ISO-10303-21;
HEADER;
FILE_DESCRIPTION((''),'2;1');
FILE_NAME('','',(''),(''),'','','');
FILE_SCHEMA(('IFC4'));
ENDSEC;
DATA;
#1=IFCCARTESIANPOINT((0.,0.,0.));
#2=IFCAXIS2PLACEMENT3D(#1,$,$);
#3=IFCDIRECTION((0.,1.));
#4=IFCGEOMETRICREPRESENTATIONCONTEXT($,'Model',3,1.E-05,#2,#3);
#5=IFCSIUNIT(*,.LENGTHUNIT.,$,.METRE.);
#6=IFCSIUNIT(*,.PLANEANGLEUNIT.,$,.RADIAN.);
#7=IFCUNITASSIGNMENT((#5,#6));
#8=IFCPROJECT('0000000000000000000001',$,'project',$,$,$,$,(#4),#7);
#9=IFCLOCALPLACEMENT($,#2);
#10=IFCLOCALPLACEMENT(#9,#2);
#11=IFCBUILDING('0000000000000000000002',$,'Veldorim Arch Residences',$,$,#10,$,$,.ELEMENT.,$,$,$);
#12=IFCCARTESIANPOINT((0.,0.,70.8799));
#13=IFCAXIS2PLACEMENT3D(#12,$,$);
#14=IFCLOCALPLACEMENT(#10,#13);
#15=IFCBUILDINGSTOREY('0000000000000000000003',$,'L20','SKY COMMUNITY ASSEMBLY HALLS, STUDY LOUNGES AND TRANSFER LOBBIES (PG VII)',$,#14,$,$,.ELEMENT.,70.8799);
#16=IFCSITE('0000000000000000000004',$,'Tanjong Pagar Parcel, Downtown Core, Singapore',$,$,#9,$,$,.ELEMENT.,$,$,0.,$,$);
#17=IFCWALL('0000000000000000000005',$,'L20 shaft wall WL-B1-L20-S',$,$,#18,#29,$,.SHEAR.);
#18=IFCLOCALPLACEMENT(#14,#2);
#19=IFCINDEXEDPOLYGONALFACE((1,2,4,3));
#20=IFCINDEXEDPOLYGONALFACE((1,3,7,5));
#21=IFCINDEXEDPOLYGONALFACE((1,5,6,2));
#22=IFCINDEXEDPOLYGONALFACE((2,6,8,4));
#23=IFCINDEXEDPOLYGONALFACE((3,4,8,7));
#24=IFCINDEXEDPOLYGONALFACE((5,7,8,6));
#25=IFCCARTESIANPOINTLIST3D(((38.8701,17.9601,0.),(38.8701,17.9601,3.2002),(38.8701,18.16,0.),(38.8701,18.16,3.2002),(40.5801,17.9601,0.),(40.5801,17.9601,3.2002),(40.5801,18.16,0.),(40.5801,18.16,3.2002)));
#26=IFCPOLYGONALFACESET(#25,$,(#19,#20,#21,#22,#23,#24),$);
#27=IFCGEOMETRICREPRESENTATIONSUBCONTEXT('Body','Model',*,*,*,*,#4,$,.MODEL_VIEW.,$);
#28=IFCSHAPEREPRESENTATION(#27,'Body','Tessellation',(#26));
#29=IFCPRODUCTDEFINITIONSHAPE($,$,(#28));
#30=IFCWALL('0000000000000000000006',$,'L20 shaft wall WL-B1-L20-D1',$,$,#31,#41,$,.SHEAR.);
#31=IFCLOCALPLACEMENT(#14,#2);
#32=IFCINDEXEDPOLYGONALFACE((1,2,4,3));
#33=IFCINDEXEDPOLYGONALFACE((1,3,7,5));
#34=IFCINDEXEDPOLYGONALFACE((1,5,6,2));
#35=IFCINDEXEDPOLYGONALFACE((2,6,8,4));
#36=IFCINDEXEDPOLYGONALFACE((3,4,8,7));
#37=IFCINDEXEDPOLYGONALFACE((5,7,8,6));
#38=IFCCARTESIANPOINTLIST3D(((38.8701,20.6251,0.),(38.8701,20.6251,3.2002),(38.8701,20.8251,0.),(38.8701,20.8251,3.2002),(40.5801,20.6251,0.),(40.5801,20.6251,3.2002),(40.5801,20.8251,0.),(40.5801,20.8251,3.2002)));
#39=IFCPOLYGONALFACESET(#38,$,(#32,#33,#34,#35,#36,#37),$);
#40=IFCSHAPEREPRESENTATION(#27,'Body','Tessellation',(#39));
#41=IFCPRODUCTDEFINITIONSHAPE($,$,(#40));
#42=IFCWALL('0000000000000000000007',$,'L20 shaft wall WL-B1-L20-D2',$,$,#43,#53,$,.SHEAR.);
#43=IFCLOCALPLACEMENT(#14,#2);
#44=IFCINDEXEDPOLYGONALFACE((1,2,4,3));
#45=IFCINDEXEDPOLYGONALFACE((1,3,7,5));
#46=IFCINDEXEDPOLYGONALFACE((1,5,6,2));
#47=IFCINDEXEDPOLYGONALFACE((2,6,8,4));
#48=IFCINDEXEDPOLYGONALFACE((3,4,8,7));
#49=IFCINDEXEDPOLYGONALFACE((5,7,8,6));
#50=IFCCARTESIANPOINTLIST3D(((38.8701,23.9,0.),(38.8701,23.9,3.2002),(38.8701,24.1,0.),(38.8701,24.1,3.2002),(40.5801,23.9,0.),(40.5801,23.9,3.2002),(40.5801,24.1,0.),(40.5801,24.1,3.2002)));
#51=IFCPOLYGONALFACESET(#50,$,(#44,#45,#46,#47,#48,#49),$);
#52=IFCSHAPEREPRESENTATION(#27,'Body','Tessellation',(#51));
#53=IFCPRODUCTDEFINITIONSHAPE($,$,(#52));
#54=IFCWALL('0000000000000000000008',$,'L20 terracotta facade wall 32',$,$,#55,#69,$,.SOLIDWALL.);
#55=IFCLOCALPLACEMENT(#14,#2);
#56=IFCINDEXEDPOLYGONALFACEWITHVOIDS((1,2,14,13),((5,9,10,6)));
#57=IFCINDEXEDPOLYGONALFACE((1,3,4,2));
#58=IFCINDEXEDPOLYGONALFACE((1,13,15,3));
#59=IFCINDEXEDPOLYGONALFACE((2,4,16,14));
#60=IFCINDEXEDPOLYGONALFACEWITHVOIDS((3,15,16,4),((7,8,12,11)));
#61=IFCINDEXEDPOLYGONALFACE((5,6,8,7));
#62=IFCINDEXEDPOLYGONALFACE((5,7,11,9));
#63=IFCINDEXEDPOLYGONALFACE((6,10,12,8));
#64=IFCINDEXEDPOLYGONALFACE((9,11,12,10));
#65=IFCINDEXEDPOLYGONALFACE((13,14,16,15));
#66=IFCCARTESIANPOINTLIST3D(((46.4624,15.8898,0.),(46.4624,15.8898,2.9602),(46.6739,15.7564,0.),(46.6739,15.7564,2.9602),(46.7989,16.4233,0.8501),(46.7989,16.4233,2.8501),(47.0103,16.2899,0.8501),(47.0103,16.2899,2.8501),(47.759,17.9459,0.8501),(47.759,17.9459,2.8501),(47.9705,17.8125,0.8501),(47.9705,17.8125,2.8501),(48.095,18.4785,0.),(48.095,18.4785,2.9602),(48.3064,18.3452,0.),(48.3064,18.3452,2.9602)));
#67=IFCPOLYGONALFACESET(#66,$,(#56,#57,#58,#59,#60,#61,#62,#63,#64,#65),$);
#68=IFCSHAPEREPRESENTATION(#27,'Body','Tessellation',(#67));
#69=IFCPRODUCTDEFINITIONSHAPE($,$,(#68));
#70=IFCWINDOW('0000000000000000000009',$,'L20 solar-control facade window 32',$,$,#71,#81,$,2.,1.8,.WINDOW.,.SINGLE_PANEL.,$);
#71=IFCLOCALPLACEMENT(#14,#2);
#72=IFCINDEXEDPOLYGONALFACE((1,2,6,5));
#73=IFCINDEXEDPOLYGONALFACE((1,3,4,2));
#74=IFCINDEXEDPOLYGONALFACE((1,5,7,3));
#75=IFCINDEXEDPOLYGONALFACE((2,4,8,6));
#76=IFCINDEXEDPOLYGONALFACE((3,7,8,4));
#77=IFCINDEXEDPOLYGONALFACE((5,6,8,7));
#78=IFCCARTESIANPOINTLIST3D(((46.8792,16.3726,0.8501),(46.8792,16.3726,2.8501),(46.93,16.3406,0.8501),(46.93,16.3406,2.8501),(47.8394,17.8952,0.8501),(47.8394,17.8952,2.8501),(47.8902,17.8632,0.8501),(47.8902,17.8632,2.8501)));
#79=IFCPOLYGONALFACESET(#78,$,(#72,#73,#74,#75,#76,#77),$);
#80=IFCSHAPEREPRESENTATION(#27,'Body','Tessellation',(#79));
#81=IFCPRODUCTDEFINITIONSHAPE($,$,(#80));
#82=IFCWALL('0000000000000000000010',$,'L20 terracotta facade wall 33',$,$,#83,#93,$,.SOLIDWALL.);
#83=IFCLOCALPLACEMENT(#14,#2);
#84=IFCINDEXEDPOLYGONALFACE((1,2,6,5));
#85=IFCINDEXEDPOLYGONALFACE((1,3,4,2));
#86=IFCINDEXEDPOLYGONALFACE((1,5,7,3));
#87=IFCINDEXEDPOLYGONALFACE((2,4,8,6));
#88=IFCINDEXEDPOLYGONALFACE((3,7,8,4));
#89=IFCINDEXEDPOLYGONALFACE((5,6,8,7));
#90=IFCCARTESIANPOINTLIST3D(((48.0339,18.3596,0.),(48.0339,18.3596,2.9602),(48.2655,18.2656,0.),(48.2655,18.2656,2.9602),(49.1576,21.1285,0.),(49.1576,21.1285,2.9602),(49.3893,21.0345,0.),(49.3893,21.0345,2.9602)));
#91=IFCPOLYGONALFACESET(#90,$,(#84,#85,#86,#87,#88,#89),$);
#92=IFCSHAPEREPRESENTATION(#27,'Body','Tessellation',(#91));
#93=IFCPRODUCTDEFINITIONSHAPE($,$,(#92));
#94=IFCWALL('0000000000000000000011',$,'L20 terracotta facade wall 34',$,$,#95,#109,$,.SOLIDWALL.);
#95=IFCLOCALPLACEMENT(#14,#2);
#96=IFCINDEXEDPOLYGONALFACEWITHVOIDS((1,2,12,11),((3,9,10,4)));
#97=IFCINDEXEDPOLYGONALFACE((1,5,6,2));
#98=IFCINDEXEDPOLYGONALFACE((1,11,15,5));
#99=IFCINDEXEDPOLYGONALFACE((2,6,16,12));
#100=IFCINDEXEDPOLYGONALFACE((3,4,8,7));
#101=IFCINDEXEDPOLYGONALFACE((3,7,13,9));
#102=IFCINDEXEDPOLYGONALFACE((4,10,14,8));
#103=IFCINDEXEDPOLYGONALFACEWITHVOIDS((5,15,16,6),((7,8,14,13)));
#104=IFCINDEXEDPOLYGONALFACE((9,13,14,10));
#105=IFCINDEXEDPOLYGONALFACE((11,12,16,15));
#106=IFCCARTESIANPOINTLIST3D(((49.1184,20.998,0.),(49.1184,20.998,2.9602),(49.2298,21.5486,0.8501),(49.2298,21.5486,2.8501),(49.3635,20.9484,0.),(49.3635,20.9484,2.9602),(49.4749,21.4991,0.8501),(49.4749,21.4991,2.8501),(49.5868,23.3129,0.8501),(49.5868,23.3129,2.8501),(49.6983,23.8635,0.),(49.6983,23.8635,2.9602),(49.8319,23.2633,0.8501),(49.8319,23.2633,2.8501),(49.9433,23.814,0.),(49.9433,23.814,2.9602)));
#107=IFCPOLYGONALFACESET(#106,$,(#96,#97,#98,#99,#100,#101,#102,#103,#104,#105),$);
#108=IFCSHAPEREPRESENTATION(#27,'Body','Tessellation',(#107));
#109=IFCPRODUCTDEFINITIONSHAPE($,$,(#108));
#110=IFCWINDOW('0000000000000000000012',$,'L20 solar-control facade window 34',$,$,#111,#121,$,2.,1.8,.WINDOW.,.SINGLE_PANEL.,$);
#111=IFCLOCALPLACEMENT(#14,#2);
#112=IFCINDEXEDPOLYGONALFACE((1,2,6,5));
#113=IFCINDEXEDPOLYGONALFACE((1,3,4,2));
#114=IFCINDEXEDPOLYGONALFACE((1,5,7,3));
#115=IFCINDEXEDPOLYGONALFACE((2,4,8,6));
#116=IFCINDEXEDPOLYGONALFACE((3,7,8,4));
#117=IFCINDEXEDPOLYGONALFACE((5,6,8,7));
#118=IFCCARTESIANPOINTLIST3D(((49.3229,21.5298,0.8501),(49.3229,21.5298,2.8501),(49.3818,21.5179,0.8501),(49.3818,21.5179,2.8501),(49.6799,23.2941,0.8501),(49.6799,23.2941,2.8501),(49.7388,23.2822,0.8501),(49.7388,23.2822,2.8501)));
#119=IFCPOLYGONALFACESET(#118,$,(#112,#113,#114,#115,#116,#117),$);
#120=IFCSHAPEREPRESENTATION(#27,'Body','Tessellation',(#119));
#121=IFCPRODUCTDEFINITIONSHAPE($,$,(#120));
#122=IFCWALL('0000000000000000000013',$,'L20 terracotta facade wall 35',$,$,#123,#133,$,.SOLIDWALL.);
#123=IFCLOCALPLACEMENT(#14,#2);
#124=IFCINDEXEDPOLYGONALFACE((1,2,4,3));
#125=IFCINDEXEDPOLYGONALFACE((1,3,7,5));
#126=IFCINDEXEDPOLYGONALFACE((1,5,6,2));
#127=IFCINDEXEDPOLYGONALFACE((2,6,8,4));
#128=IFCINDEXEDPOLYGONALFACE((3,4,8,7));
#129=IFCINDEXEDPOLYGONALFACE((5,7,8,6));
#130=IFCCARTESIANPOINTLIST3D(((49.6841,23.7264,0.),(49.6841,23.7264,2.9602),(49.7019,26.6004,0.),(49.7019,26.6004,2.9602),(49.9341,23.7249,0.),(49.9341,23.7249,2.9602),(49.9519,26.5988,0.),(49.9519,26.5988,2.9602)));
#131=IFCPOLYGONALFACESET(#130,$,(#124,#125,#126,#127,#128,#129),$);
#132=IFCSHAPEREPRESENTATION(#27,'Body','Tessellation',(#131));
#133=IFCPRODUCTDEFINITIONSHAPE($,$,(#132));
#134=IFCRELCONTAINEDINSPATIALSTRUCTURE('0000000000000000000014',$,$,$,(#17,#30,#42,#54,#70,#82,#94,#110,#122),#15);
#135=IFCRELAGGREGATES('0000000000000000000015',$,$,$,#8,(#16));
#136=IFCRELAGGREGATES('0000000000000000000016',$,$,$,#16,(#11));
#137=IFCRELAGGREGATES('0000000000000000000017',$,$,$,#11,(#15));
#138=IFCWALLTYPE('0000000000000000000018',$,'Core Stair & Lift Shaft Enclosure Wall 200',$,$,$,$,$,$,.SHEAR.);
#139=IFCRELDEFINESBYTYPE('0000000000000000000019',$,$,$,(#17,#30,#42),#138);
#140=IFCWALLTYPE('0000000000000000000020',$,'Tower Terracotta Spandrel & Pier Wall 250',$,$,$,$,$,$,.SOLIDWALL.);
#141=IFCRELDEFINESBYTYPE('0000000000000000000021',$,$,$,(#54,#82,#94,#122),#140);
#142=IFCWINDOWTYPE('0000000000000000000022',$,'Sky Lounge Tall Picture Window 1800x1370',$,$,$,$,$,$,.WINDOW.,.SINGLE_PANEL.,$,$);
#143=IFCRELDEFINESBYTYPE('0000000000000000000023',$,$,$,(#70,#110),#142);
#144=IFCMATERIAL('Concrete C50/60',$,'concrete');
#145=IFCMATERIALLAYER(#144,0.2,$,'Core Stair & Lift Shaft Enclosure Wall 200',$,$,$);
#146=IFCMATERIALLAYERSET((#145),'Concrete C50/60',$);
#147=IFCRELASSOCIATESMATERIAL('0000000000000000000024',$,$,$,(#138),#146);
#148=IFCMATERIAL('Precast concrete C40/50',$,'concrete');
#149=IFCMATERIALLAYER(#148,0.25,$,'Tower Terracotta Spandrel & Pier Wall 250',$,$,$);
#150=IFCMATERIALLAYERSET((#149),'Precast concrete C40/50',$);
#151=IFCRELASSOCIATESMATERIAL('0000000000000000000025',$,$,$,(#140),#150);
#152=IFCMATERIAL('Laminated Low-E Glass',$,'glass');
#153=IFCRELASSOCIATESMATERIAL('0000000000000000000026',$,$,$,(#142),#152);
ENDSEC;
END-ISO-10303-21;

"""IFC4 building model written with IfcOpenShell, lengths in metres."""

from ifc_helpers import new_model, si_unit, direction, frame, frame_2d, origin, place, context, subcontext, project, spatial, rectangle, extrude, material, layer, layer_set, type_object, element, fill, save


model = new_model("IFC4")

# Units and contexts
model_context = context("Model", 3, precision=1e-05, world=origin(), true_north=direction((0.0, 1.0)))
body_context = subcontext(model_context, "Body", "Model", "MODEL_VIEW")
ifc_project = project(units=[si_unit("LENGTHUNIT", "METRE"), si_unit("PLANEANGLEUNIT", "RADIAN")], contexts=[model_context])

# Site, building, storey
site_placement = place(None, origin())
site = spatial("IfcSite", under=ifc_project, at=site_placement, Name="Tanjong Pagar Parcel, Downtown Core, Singapore", CompositionType="ELEMENT", RefElevation=0.0)
building_placement = place(site_placement, origin())
building = spatial("IfcBuilding", under=site, at=building_placement, Name="Veldorim Arch Residences", CompositionType="ELEMENT")
storey_placement = place(building_placement, frame((0.0, 0.0, 70.8799)))
storey = spatial("IfcBuildingStorey", under=building, at=storey_placement, Name="L20", Description="SKY COMMUNITY ASSEMBLY HALLS, STUDY LOUNGES AND TRANSFER LOBBIES (PG VII)", CompositionType="ELEMENT", Elevation=70.8799)

# Walls
ifc_material_1 = material(Name="Concrete C50/60", Category="concrete")
ifc_layer_1 = layer(ifc_material_1, 0.2, Name="Core Stair & Lift Shaft Enclosure Wall 200")
ifc_layer_set_1 = layer_set([ifc_layer_1], Name="Concrete C50/60")
wall_type_1 = type_object("IfcWallType", Name="Core Stair & Lift Shaft Enclosure Wall 200", PredefinedType="SHEAR", material=ifc_layer_set_1)
for number, where, z_axis, x_axis, name in (
    (1, (38.8701, 18.0601, 0.0), (0.0, 0.0, 1.0), (1.0, 0.0, 0.0), "L20 shaft wall WL-B1-L20-S"),
    (2, (38.8701, 20.7251, 0.0), (0.0, 0.0, 1.0), (1.0, 0.0, 0.0), "L20 shaft wall WL-B1-L20-D1"),
    (3, (38.8701, 24.0, 0.0), (0.0, 0.0, 1.0), (1.0, 0.0, 0.0), "L20 shaft wall WL-B1-L20-D2"),
):
    element("IfcWall", number, at=place(storey_placement, frame(where, z_axis=z_axis, x_axis=x_axis)), inside=storey, type_object=wall_type_1, Name=name, PredefinedType="SHEAR", context=body_context, shape_type="SweptSolid", body=[
        extrude(rectangle(XDim=1.71, YDim=0.2, at=frame_2d((0.855, 0.0))), origin(), (0.0, 0.0, 1.0), 3.2002),
    ])

# Wall, opening, window
ifc_material_2 = material(Name="Precast concrete C40/50", Category="concrete")
ifc_layer_2 = layer(ifc_material_2, 0.25, Name="Tower Terracotta Spandrel & Pier Wall 250")
ifc_layer_set_2 = layer_set([ifc_layer_2], Name="Precast concrete C40/50")
wall_type_2 = type_object("IfcWallType", Name="Tower Terracotta Spandrel & Pier Wall 250", PredefinedType="SOLIDWALL", material=ifc_layer_set_2)
wall_1_placement = place(storey_placement, frame((48.2007, 18.4119, 0.0), z_axis=(0.0, 0.0, 1.0), x_axis=(-0.533408, -0.845858, 0.0)))
wall_1 = element("IfcWall", 4, at=wall_1_placement, inside=storey, type_object=wall_type_2, Name="L20 terracotta facade wall 32", PredefinedType="SOLIDWALL", context=body_context, shape_type="SweptSolid", body=[
    extrude(rectangle(XDim=3.0605, YDim=0.25, at=frame_2d((1.5303, 0.0))), origin(), (0.0, 0.0, 1.0), 2.9602),
])
opening_1_placement = place(wall_1_placement, frame((0.6299, 0.0, 0.8501)))
opening_1 = element("IfcOpeningElement", 5, at=opening_1_placement, cuts=wall_1, PredefinedType="OPENING", context=body_context, shape_type="SweptSolid", body=[
    extrude(rectangle(XDim=1.8, YDim=2.0, at=frame_2d((0.8999, 1.0))), frame((0.0, 0.135, 0.0), z_axis=(0.0, -1.0, 0.0), x_axis=(1.0, 0.0, 0.0)), (0.0, 0.0, 1.0), 0.27),
])
ifc_material_3 = material(Name="Laminated Low-E Glass", Category="glass")
window_type = type_object("IfcWindowType", Name="Sky Lounge Tall Picture Window 1800x1370", PartitioningType="SINGLE_PANEL", PredefinedType="WINDOW", material=ifc_material_3)
window_1_placement = place(opening_1_placement, origin())
window_1 = element("IfcWindow", 6, at=window_1_placement, inside=storey, type_object=window_type, Name="L20 solar-control facade window 32", OverallHeight=2.0, OverallWidth=1.8, PartitioningType="SINGLE_PANEL", PredefinedType="WINDOW", context=body_context, shape_type="SweptSolid", body=[
    extrude(rectangle(XDim=1.8, YDim=2.0, at=frame_2d((0.8999, 1.0))), frame((0.0, 0.03, 0.0), z_axis=(0.0, -1.0, 0.0), x_axis=(1.0, 0.0, 0.0)), (0.0, 0.0, 1.0), 0.0601),
])
fill(opening_1, window_1)

# Wall
wall_2_placement = place(storey_placement, frame((49.2734, 21.0815, 0.0), z_axis=(0.0, 0.0, 1.0), x_axis=(-0.376048, -0.9266, 0.0)))
element("IfcWall", 7, at=wall_2_placement, inside=storey, type_object=wall_type_2, Name="L20 terracotta facade wall 33", PredefinedType="SOLIDWALL", context=body_context, shape_type="SweptSolid", body=[
    extrude(rectangle(XDim=2.9883, YDim=0.25, at=frame_2d((1.4941, 0.0))), origin(), (0.0, 0.0, 1.0), 2.9602),
])

# Wall, opening, window
wall_3_placement = place(storey_placement, frame((49.8208, 23.8389, 0.0), z_axis=(0.0, 0.0, 1.0), x_axis=(-0.198332, -0.980135, 0.0)))
wall_3 = element("IfcWall", 8, at=wall_3_placement, inside=storey, type_object=wall_type_2, Name="L20 terracotta facade wall 34", PredefinedType="SOLIDWALL", context=body_context, shape_type="SweptSolid", body=[
    extrude(rectangle(XDim=2.9236, YDim=0.25, at=frame_2d((1.4619, 0.0))), origin(), (0.0, 0.0, 1.0), 2.9602),
])
opening_2_placement = place(wall_3_placement, frame((0.562, 0.0, 0.8501)))
opening_2 = element("IfcOpeningElement", 9, at=opening_2_placement, cuts=wall_3, PredefinedType="OPENING", context=body_context, shape_type="SweptSolid", body=[
    extrude(rectangle(XDim=1.8, YDim=2.0, at=frame_2d((0.8999, 1.0))), frame((0.0, 0.135, 0.0), z_axis=(0.0, -1.0, 0.0), x_axis=(1.0, 0.0, 0.0)), (0.0, 0.0, 1.0), 0.27),
])
window_2_placement = place(opening_2_placement, origin())
window_2 = element("IfcWindow", 10, at=window_2_placement, inside=storey, type_object=window_type, Name="L20 solar-control facade window 34", OverallHeight=2.0, OverallWidth=1.8, PartitioningType="SINGLE_PANEL", PredefinedType="WINDOW", context=body_context, shape_type="SweptSolid", body=[
    extrude(rectangle(XDim=1.8, YDim=2.0, at=frame_2d((0.8999, 1.0))), frame((0.0, 0.03, 0.0), z_axis=(0.0, -1.0, 0.0), x_axis=(1.0, 0.0, 0.0)), (0.0, 0.0, 1.0), 0.0601),
])
fill(opening_2, window_2)

# Wall
wall_4_placement = place(storey_placement, frame((49.8269, 26.5996, 0.0), z_axis=(0.0, 0.0, 1.0), x_axis=(-0.006201, -0.999981, 0.0)))
element("IfcWall", 11, at=wall_4_placement, inside=storey, type_object=wall_type_2, Name="L20 terracotta facade wall 35", PredefinedType="SOLIDWALL", context=body_context, shape_type="SweptSolid", body=[
    extrude(rectangle(XDim=2.874, YDim=0.25, at=frame_2d((1.437, 0.0))), origin(), (0.0, 0.0, 1.0), 2.9602),
])

save(model, "model.ifc")
